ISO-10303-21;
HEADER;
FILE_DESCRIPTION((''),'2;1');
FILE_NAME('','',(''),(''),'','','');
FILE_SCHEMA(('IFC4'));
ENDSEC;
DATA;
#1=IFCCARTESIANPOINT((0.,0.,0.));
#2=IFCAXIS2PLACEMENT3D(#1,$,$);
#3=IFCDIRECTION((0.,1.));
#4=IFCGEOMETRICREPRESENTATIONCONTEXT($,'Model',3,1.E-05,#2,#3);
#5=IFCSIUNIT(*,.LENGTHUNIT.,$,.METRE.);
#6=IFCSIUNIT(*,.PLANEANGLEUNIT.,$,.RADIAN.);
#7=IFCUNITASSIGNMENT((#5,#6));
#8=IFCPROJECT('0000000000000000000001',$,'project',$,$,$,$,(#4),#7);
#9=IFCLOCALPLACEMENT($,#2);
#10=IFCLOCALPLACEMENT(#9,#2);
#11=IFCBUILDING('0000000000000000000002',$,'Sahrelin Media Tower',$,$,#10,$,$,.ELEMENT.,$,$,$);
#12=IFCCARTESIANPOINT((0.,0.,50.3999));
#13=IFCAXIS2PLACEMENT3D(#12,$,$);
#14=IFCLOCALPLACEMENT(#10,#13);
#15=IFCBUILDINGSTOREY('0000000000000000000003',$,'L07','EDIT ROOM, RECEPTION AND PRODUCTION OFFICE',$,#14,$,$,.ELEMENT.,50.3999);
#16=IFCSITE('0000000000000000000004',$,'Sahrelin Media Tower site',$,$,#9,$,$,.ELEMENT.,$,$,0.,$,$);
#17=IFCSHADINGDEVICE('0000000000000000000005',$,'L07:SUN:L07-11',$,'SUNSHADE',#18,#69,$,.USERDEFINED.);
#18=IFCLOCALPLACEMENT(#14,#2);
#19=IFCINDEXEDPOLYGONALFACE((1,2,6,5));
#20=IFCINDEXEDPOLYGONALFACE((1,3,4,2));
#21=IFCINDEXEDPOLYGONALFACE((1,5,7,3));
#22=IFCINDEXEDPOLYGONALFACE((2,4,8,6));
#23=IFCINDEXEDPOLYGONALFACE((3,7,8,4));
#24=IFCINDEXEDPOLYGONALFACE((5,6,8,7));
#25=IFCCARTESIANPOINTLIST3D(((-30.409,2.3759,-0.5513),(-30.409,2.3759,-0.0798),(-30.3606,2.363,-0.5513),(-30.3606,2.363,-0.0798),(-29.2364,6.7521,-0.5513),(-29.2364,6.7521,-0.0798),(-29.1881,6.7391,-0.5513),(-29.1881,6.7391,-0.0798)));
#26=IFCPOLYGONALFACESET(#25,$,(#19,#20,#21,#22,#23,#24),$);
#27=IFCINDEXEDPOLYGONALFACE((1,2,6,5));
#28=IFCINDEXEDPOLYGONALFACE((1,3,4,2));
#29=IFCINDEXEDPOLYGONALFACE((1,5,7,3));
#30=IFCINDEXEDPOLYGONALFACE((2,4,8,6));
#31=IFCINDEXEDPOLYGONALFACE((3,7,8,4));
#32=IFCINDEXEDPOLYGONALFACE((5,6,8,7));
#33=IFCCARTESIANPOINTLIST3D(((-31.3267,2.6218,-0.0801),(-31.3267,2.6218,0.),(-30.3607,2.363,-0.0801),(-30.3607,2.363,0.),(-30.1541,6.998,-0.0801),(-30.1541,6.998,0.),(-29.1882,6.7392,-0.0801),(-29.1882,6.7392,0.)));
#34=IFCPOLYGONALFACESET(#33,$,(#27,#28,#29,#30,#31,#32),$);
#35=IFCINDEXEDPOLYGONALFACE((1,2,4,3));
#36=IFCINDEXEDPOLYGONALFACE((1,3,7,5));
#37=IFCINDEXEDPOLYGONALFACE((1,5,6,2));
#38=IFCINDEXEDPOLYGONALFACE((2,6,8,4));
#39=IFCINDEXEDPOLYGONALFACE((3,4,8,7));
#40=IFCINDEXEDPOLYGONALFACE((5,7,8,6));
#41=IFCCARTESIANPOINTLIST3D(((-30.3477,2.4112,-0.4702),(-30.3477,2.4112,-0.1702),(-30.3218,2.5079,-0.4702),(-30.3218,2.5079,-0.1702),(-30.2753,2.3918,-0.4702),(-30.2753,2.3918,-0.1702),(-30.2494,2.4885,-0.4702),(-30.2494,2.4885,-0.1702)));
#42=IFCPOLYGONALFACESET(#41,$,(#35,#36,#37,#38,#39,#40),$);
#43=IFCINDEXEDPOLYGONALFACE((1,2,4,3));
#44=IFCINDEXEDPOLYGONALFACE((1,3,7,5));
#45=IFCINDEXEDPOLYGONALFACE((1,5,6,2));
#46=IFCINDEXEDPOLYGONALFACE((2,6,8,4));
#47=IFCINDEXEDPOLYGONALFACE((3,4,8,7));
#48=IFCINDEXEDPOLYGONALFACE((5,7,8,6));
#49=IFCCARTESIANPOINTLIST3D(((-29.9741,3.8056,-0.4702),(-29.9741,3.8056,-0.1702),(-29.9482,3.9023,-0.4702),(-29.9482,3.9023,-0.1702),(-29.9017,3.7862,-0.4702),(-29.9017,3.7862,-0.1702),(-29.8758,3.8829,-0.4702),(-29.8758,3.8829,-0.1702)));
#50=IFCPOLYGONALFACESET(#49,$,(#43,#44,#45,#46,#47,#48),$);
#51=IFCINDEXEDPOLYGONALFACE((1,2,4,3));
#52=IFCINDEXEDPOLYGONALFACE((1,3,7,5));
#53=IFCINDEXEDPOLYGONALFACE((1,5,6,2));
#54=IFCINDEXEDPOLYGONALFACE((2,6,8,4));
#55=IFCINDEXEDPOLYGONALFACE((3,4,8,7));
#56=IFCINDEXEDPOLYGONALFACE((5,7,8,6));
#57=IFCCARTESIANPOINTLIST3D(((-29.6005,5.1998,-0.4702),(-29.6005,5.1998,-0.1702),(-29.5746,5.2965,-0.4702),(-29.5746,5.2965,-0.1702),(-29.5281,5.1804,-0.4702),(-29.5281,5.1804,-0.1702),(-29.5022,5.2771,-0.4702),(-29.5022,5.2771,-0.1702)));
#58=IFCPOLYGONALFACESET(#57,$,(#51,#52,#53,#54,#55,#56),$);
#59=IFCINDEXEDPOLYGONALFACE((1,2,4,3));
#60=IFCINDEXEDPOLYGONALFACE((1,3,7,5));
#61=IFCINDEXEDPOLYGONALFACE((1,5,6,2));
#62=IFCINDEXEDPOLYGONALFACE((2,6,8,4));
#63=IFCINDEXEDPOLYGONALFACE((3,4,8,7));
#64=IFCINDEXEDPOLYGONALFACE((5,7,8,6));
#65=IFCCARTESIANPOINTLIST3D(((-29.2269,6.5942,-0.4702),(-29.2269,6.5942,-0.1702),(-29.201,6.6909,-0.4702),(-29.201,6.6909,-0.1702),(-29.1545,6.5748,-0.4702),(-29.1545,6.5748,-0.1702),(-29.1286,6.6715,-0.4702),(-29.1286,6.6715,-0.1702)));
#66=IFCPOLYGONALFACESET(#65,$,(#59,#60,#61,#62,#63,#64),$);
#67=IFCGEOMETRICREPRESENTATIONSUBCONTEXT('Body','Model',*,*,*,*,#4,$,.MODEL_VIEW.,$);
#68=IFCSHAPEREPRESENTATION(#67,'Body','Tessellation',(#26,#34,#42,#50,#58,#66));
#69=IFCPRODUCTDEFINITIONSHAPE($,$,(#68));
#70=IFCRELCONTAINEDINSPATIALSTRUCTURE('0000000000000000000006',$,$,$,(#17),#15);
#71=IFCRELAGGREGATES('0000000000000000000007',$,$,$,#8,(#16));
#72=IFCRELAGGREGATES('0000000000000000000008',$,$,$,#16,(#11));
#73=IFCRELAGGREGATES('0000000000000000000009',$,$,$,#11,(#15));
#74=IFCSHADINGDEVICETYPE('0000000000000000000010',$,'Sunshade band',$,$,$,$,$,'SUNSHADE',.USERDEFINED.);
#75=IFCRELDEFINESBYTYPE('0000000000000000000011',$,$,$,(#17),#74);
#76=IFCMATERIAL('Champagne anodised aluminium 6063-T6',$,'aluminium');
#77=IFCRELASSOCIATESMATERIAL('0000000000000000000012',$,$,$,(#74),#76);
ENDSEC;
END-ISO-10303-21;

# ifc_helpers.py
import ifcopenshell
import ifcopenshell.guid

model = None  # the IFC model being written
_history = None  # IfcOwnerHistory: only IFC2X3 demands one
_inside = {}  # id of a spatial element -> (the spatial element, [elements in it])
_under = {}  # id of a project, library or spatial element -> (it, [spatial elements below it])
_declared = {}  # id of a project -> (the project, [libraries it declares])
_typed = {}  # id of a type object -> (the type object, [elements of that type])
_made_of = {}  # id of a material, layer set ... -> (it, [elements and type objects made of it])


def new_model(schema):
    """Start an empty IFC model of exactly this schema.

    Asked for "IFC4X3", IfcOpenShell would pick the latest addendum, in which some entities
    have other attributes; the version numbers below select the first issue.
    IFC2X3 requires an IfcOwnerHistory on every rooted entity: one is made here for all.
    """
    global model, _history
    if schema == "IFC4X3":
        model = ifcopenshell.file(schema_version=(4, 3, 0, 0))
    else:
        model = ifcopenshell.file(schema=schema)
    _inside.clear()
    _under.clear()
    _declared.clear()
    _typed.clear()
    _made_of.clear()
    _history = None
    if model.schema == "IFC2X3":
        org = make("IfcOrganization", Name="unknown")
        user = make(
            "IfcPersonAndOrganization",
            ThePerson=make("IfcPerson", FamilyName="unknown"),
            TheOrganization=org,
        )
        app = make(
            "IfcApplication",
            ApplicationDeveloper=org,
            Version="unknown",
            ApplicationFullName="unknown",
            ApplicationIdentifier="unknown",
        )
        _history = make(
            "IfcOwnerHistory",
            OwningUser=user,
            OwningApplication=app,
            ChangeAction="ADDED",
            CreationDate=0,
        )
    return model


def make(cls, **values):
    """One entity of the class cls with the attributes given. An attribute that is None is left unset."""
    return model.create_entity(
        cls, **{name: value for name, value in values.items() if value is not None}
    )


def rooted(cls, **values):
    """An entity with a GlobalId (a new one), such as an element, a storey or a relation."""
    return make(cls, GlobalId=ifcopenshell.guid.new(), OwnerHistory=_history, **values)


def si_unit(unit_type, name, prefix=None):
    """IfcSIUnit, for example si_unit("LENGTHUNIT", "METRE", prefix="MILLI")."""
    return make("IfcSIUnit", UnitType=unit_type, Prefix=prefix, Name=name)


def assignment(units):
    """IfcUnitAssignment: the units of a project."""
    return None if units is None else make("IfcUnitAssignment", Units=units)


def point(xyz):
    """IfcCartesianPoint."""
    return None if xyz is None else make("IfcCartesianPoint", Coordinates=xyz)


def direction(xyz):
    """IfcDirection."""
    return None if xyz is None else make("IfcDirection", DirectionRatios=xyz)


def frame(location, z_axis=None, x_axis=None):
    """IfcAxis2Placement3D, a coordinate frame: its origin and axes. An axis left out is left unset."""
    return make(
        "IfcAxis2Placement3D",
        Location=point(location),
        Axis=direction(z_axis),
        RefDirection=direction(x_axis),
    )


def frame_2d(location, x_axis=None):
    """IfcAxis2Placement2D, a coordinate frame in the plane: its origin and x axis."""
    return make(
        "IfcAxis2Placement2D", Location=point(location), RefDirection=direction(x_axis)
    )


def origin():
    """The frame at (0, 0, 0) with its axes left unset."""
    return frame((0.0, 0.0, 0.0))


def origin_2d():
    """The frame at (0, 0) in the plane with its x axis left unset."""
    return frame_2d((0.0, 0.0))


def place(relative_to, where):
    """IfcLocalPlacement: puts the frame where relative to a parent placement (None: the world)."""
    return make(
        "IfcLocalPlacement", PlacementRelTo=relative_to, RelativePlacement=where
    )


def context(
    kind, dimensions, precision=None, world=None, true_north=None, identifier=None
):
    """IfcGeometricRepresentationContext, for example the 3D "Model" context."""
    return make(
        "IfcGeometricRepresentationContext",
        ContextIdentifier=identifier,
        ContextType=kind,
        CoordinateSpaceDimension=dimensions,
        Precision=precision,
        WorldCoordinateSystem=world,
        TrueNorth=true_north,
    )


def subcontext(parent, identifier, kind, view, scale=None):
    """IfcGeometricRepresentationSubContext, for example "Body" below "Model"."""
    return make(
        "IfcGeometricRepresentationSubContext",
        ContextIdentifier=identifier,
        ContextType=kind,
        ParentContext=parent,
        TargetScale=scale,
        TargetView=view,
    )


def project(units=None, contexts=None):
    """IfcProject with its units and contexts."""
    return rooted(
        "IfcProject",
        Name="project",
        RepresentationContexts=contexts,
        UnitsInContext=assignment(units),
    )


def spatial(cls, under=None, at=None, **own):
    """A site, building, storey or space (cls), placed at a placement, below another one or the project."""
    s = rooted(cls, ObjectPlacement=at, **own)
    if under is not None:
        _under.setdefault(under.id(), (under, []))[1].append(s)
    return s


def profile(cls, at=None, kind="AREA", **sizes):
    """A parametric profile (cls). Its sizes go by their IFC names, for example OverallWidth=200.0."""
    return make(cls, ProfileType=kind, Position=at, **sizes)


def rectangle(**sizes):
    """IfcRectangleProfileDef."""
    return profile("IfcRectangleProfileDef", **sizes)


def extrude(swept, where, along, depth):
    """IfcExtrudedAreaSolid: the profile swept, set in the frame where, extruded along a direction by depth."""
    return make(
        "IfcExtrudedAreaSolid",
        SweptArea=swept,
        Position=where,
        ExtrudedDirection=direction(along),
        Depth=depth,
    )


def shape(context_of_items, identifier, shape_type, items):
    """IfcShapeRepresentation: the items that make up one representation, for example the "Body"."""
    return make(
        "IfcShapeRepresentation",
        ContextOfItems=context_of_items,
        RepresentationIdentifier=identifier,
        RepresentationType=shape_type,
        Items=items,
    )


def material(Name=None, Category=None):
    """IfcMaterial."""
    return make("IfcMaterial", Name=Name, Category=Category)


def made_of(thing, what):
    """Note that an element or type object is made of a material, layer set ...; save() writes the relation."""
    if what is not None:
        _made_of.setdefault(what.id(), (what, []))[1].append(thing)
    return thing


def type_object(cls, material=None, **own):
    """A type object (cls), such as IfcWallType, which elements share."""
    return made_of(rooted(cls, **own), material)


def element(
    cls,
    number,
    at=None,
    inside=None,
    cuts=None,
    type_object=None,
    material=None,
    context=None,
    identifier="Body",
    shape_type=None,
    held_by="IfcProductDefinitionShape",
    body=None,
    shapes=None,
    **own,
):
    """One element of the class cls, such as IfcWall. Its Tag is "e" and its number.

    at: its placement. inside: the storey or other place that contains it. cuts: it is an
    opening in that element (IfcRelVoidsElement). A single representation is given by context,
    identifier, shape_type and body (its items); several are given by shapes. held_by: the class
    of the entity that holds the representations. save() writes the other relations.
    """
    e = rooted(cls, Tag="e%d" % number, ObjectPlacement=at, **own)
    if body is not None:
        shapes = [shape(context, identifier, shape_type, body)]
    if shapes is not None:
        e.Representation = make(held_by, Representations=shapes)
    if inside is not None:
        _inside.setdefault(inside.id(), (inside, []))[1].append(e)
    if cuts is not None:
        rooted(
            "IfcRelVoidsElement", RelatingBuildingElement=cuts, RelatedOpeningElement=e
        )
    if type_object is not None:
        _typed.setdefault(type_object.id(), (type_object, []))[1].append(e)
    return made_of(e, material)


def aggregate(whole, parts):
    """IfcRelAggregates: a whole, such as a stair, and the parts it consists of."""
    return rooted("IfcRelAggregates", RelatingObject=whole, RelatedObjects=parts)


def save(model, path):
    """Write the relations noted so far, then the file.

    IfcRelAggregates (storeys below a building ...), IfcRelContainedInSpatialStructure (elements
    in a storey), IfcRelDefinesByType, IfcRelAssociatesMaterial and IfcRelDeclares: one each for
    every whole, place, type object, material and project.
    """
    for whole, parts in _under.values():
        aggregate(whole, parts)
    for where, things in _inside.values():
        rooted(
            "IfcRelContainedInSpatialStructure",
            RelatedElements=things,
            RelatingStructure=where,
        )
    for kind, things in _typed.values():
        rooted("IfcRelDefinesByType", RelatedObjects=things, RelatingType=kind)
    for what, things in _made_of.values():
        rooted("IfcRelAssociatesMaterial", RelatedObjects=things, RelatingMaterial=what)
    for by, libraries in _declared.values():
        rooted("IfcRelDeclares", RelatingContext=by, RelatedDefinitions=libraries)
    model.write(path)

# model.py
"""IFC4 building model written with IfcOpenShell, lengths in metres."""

from ifc_helpers import new_model, si_unit, direction, frame, origin, origin_2d, place, context, subcontext, project, spatial, rectangle, extrude, material, type_object, element, save


model = new_model("IFC4")

# Units and contexts
model_context = context("Model", 3, precision=1e-05, world=origin(), true_north=direction((0.0, 1.0)))
body_context = subcontext(model_context, "Body", "Model", "MODEL_VIEW")
ifc_project = project(units=[si_unit("LENGTHUNIT", "METRE"), si_unit("PLANEANGLEUNIT", "RADIAN")], contexts=[model_context])

# Site, building, storey
site_placement = place(None, origin())
site = spatial("IfcSite", under=ifc_project, at=site_placement, Name="Sahrelin Media Tower site", CompositionType="ELEMENT", RefElevation=0.0)
building_placement = place(site_placement, origin())
building = spatial("IfcBuilding", under=site, at=building_placement, Name="Sahrelin Media Tower", CompositionType="ELEMENT")
storey_placement = place(building_placement, frame((0.0, 0.0, 50.3999)))
storey = spatial("IfcBuildingStorey", under=building, at=storey_placement, Name="L07", Description="EDIT ROOM, RECEPTION AND PRODUCTION OFFICE", CompositionType="ELEMENT", Elevation=50.3999)

# Shared definitions
ifc_material_1 = material(Name="Champagne anodised aluminium 6063-T6", Category="aluminium")

# Shading device
placement = place(storey_placement, frame((-29.7551, 4.5459, 0.0), z_axis=(0.0, 0.0, 1.0), x_axis=(0.258808, 0.965929, 0.0)))
shading_device_type_1 = type_object("IfcShadingDeviceType", Name="Sunshade band", ElementType="SUNSHADE", PredefinedType="USERDEFINED", material=ifc_material_1)
element("IfcShadingDevice", 1, at=placement, inside=storey, type_object=shading_device_type_1, Name="L07:SUN:L07-11", ObjectType="SUNSHADE", PredefinedType="USERDEFINED", context=body_context, shape_type="SweptSolid", body=[
    extrude(rectangle(XDim=4.5305, YDim=0.05, at=origin_2d()), frame((0.0, 0.0449, -0.5513)), (0.0, 0.0, 1.0), 0.4714),
    extrude(rectangle(XDim=4.5305, YDim=1.0, at=origin_2d()), frame((0.0, 0.52, -0.0801)), (0.0, 0.0, 1.0), 0.0801),
    extrude(rectangle(XDim=0.1001, YDim=0.075, at=origin_2d()), frame((-2.1653, -0.0176, -0.4702)), (0.0, 0.0, 1.0), 0.3),
    extrude(rectangle(XDim=0.1001, YDim=0.075, at=origin_2d()), frame((-0.7217, -0.0176, -0.4702)), (0.0, 0.0, 1.0), 0.3),
    extrude(rectangle(XDim=0.1001, YDim=0.075, at=origin_2d()), frame((0.7217, -0.0176, -0.4702)), (0.0, 0.0, 1.0), 0.3),
    extrude(rectangle(XDim=0.1001, YDim=0.075, at=origin_2d()), frame((2.1653, -0.0176, -0.4702)), (0.0, 0.0, 1.0), 0.3),
])

save(model, "model.ifc")
